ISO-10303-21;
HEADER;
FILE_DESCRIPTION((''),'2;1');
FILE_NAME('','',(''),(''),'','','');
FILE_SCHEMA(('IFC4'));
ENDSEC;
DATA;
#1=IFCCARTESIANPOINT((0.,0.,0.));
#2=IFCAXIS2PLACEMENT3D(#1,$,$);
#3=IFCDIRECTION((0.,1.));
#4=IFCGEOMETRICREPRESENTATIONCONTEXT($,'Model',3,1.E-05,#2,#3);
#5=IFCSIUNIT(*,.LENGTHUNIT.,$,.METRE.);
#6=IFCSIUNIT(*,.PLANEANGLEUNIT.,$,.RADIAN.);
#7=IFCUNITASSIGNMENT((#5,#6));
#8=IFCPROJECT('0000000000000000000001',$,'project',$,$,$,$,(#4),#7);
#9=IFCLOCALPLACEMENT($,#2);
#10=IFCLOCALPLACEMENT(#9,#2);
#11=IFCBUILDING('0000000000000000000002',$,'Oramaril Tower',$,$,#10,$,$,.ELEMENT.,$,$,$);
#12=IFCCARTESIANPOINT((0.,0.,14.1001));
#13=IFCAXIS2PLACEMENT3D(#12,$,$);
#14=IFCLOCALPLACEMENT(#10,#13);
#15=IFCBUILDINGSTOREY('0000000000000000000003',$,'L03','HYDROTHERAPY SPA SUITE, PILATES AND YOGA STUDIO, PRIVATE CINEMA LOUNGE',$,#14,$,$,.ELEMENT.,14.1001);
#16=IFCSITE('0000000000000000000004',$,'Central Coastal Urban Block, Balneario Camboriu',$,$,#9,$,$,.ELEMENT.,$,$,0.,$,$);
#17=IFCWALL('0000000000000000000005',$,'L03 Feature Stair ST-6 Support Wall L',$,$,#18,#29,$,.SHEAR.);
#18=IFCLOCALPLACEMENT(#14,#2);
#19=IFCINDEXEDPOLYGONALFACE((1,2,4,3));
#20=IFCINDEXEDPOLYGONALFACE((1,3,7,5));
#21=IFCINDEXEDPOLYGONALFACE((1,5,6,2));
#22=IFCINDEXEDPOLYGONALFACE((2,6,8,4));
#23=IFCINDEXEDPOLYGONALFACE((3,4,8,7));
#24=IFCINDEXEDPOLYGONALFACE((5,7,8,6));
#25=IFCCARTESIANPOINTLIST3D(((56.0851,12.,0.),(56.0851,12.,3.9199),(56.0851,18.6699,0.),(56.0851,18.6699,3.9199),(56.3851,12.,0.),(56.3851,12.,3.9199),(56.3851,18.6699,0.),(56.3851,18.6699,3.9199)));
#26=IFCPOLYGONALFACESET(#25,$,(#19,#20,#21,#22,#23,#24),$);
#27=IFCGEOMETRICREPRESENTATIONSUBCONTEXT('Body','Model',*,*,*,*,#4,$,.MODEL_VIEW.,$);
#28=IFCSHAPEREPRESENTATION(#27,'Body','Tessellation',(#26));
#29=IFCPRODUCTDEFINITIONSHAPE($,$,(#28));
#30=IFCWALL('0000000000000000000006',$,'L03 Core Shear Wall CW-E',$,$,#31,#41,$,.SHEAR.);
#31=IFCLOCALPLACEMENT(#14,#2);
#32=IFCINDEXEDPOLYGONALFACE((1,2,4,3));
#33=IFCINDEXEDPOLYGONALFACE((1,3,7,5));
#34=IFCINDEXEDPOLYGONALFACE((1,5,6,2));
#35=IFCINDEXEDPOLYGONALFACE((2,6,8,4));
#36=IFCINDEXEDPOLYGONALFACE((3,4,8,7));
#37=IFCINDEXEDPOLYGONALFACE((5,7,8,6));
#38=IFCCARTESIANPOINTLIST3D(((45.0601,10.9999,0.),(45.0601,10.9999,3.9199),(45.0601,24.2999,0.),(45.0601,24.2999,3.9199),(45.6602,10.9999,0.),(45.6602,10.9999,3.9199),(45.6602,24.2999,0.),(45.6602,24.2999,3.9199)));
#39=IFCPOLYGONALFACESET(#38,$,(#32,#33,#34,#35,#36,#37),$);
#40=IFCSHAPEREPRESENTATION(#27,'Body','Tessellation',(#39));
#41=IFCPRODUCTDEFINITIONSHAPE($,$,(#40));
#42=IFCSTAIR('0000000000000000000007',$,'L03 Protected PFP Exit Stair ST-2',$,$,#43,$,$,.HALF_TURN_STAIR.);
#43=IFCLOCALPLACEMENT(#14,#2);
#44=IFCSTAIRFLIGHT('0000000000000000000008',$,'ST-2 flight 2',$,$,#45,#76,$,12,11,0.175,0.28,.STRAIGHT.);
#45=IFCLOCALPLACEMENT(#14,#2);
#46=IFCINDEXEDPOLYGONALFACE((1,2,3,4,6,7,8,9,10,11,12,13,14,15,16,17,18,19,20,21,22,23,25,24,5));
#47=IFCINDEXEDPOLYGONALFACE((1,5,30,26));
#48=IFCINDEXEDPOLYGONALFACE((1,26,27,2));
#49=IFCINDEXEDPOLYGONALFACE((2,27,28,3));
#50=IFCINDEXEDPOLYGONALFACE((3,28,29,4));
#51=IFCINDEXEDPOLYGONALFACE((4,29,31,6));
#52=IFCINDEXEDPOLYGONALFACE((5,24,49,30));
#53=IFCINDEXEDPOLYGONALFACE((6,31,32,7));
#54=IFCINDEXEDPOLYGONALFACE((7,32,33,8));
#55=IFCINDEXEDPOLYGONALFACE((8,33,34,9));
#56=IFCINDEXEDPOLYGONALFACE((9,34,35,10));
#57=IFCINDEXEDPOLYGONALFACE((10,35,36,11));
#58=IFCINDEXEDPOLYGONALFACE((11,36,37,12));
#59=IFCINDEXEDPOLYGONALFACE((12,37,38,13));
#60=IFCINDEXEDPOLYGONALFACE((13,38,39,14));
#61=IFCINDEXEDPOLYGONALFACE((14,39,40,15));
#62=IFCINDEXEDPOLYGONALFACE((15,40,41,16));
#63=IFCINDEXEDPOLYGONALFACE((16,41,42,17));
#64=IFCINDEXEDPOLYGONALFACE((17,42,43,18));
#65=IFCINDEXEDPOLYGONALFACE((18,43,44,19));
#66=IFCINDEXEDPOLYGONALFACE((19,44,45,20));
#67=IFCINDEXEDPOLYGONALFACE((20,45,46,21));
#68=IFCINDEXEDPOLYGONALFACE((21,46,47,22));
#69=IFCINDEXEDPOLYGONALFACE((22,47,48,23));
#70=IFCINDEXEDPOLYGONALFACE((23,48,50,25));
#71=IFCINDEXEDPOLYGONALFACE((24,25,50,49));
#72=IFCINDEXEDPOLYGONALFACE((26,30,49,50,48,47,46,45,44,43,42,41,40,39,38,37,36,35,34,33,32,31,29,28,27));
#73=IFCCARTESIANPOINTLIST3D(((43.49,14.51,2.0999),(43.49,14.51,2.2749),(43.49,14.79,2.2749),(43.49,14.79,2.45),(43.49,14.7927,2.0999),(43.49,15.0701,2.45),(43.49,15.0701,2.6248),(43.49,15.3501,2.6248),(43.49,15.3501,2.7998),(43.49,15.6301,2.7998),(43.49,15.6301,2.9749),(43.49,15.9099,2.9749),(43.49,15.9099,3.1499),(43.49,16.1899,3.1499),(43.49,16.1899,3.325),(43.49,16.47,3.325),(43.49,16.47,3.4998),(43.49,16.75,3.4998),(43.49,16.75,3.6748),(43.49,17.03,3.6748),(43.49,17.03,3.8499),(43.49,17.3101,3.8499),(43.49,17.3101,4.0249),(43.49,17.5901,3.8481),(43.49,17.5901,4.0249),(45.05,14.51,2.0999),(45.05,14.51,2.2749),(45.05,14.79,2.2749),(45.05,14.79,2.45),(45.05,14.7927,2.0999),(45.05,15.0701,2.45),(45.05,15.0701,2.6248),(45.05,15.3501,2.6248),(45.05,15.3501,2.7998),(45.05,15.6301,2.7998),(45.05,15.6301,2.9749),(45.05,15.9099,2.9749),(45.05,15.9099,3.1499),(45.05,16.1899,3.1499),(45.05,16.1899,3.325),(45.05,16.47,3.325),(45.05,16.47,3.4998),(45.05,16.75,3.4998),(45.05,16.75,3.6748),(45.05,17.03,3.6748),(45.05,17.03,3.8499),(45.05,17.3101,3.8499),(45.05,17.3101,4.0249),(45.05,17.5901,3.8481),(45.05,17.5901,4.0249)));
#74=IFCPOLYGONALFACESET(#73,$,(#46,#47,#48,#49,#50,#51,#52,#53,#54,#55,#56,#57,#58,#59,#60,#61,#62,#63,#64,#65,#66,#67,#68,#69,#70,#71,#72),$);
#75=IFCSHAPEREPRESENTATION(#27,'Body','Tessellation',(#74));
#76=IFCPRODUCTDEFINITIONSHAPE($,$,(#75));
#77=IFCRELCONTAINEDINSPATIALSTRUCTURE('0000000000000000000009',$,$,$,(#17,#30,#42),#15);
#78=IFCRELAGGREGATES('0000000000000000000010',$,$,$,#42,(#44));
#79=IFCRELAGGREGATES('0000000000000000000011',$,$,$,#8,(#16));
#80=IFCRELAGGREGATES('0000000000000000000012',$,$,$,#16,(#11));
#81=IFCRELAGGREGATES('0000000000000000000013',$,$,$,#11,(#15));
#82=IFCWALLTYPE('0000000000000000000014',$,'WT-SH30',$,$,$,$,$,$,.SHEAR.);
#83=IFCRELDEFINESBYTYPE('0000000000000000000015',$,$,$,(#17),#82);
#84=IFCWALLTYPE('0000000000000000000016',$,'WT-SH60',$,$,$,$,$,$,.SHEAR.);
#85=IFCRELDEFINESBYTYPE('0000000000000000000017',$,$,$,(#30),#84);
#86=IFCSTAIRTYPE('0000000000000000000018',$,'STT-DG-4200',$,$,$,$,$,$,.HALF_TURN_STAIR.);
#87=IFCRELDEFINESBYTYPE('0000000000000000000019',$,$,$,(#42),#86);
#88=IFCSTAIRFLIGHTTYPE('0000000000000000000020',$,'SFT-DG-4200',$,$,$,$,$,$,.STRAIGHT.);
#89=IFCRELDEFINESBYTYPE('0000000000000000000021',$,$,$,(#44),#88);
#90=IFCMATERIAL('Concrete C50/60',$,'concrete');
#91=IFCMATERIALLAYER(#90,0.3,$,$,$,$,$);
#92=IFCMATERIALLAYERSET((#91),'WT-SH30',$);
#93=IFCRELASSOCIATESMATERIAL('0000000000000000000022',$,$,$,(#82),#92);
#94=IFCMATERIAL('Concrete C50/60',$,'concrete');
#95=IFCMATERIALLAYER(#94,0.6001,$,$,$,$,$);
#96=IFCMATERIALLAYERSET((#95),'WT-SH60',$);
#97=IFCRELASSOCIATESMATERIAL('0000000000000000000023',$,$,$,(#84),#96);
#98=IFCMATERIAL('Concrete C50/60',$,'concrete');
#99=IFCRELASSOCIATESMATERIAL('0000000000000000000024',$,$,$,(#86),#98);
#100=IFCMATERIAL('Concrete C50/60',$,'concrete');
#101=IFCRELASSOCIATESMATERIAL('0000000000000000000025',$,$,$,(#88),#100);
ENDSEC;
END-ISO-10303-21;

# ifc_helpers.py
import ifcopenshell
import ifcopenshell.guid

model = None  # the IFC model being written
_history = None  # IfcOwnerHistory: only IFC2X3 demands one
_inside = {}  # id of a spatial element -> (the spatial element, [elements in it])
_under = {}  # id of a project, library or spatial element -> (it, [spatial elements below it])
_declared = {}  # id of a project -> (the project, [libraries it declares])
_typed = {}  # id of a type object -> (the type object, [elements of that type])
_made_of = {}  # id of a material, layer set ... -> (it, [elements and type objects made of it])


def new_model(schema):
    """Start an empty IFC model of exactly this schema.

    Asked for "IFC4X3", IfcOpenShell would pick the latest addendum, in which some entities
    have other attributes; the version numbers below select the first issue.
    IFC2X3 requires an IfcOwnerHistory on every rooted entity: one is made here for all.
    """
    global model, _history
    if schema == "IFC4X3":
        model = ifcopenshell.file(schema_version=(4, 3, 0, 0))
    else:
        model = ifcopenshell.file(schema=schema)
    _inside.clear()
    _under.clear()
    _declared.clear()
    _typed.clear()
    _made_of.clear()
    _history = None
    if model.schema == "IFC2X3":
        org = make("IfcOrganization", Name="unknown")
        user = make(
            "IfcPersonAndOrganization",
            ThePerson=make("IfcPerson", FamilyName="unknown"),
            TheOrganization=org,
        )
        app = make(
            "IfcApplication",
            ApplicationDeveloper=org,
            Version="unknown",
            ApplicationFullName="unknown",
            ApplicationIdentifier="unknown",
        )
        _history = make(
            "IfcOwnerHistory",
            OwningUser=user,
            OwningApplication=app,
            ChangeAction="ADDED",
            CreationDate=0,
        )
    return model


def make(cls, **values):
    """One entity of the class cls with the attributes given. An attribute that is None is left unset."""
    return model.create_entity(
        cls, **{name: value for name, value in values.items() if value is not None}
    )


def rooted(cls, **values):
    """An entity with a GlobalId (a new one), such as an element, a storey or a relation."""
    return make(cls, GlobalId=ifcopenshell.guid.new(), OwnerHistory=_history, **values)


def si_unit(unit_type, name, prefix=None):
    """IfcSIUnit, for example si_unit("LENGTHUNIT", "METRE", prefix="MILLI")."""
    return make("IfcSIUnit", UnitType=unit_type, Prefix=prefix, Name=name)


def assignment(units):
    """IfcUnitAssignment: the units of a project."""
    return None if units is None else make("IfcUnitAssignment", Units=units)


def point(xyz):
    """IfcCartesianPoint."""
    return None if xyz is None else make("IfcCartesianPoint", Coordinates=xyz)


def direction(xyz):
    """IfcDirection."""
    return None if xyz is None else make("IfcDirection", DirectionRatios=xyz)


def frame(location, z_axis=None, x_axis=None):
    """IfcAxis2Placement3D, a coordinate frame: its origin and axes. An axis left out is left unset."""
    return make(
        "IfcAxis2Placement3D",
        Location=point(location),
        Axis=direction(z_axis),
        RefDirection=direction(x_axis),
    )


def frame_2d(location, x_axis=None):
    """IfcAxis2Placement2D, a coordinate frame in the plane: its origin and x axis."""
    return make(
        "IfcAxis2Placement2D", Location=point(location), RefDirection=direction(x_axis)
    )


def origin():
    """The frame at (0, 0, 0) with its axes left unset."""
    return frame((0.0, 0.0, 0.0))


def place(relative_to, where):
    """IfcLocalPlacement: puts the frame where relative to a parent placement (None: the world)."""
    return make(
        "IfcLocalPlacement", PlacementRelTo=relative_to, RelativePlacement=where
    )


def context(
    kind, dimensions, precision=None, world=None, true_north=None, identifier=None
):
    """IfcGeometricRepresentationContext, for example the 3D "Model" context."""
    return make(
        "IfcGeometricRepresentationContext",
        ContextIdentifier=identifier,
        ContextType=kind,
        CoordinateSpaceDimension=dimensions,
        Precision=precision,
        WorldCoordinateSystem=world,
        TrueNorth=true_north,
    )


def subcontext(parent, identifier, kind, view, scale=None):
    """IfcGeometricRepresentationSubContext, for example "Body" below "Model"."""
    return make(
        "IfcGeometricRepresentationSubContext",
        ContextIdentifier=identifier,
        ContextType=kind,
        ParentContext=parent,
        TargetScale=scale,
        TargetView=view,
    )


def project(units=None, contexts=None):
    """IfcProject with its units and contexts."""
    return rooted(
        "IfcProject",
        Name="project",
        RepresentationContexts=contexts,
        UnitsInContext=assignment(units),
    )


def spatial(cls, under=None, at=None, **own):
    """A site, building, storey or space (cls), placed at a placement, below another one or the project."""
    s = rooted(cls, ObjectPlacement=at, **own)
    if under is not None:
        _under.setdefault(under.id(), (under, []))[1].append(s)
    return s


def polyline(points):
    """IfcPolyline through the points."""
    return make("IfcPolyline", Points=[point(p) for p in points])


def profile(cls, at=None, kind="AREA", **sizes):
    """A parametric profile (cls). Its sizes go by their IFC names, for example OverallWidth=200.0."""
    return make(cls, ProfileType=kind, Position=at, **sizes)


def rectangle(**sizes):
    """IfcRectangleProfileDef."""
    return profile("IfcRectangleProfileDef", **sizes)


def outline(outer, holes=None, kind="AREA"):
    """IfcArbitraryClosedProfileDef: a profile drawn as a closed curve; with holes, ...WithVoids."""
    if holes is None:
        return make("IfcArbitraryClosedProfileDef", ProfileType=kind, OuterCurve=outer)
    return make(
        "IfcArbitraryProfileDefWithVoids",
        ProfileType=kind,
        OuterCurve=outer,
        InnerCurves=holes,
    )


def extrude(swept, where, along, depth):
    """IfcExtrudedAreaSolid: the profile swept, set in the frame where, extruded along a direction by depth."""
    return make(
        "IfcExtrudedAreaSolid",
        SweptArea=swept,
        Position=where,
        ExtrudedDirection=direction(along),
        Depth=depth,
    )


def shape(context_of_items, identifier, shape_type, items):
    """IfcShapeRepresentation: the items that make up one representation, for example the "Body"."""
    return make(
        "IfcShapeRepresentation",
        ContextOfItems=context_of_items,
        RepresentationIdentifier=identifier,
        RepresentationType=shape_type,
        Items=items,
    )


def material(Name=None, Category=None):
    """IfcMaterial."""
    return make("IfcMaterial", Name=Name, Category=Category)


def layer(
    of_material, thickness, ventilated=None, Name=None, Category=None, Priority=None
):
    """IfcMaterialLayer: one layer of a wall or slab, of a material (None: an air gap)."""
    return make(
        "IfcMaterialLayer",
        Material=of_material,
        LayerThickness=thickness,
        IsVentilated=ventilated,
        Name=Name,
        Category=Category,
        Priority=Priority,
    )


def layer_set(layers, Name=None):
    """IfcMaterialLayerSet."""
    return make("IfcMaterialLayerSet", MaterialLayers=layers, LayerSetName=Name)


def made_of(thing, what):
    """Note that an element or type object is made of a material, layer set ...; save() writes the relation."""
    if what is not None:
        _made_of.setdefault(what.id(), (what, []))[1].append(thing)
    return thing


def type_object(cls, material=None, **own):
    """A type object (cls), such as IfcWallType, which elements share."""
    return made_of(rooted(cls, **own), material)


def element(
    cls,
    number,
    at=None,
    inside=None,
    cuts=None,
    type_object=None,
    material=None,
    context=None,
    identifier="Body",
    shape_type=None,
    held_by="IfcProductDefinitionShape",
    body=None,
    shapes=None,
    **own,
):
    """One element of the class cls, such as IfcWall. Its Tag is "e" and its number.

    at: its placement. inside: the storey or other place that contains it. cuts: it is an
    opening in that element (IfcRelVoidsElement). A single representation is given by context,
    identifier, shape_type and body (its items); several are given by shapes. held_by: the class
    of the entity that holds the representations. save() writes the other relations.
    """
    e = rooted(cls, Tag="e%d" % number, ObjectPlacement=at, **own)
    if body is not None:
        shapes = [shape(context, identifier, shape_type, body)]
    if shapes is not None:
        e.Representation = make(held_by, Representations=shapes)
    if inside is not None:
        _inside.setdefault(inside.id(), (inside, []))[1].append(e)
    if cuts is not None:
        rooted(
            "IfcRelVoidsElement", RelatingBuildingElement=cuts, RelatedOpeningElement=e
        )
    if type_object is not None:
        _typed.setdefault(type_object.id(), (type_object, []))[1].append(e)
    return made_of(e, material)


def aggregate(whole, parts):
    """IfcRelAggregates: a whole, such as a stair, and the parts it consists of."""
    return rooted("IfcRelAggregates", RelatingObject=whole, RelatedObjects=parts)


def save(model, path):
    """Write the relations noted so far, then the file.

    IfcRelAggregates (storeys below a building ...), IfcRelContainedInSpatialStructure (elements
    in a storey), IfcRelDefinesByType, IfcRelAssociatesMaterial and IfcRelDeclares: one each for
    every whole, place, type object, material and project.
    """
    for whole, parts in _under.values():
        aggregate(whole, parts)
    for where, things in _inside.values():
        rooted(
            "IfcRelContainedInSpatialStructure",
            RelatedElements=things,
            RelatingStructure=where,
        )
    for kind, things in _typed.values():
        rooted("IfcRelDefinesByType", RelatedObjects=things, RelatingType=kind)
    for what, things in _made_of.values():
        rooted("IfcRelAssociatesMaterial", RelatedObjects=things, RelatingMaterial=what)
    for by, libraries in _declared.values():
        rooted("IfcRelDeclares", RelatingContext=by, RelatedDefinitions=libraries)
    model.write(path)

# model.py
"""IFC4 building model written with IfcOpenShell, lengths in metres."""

from ifc_helpers import new_model, si_unit, direction, frame, frame_2d, origin, place, context, subcontext, project, spatial, polyline, rectangle, outline, extrude, material, layer, layer_set, type_object, element, aggregate, save


model = new_model("IFC4")

# Units and contexts
model_context = context("Model", 3, precision=1e-05, world=origin(), true_north=direction((0.0, 1.0)))
body_context = subcontext(model_context, "Body", "Model", "MODEL_VIEW")
ifc_project = project(units=[si_unit("LENGTHUNIT", "METRE"), si_unit("PLANEANGLEUNIT", "RADIAN")], contexts=[model_context])

# Site, building, storey
site_placement = place(None, origin())
site = spatial("IfcSite", under=ifc_project, at=site_placement, Name="Central Coastal Urban Block, Balneario Camboriu", CompositionType="ELEMENT", RefElevation=0.0)
building_placement = place(site_placement, origin())
building = spatial("IfcBuilding", under=site, at=building_placement, Name="Oramaril Tower", CompositionType="ELEMENT")
storey_placement = place(building_placement, frame((0.0, 0.0, 14.1001)))
storey = spatial("IfcBuildingStorey", under=building, at=storey_placement, Name="L03", Description="HYDROTHERAPY SPA SUITE, PILATES AND YOGA STUDIO, PRIVATE CINEMA LOUNGE", CompositionType="ELEMENT", Elevation=14.1001)

# Walls
ifc_material_1 = material(Name="Concrete C50/60", Category="concrete")
ifc_layer_1 = layer(ifc_material_1, 0.3)
ifc_layer_set_1 = layer_set([ifc_layer_1], Name="WT-SH30")
wall_type_1 = type_object("IfcWallType", Name="WT-SH30", PredefinedType="SHEAR", material=ifc_layer_set_1)
wall_1_placement = place(storey_placement, frame((56.2351, 12.0, 0.0), z_axis=(0.0, 0.0, 1.0), x_axis=(0.0, 1.0, 0.0)))
element("IfcWall", 1, at=wall_1_placement, inside=storey, type_object=wall_type_1, Name="L03 Feature Stair ST-6 Support Wall L", PredefinedType="SHEAR", context=body_context, shape_type="SweptSolid", body=[
    extrude(rectangle(XDim=6.6699, YDim=0.3, at=frame_2d((3.335, 0.0))), origin(), (0.0, 0.0, 1.0), 3.9199),
])
ifc_material_2 = material(Name="Concrete C50/60", Category="concrete")
ifc_layer_2 = layer(ifc_material_2, 0.6001)
ifc_layer_set_2 = layer_set([ifc_layer_2], Name="WT-SH60")
wall_type_2 = type_object("IfcWallType", Name="WT-SH60", PredefinedType="SHEAR", material=ifc_layer_set_2)
wall_2_placement = place(storey_placement, frame((45.3601, 11.0, 0.0), z_axis=(0.0, 0.0, 1.0), x_axis=(0.0, 1.0, 0.0)))
element("IfcWall", 2, at=wall_2_placement, inside=storey, type_object=wall_type_2, Name="L03 Core Shear Wall CW-E", PredefinedType="SHEAR", context=body_context, shape_type="SweptSolid", body=[
    extrude(rectangle(XDim=13.3, YDim=0.6001, at=frame_2d((6.6499, 0.0))), origin(), (0.0, 0.0, 1.0), 3.9199),
])

# Stair, stair flight
ifc_material_3 = material(Name="Concrete C50/60", Category="concrete")
stair_type = type_object("IfcStairType", Name="STT-DG-4200", PredefinedType="HALF_TURN_STAIR", material=ifc_material_3)
stair_placement = place(storey_placement, origin())
stair = element("IfcStair", 3, at=stair_placement, inside=storey, type_object=stair_type, Name="L03 Protected PFP Exit Stair ST-2", PredefinedType="HALF_TURN_STAIR")
ifc_material_4 = material(Name="Concrete C50/60", Category="concrete")
stair_flight_type = type_object("IfcStairFlightType", Name="SFT-DG-4200", PredefinedType="STRAIGHT", material=ifc_material_4)
stair_flight_placement = place(storey_placement, frame((44.27, 14.51, 2.0999), z_axis=(0.0, 0.0, 1.0), x_axis=(0.0, 1.0, 0.0)))
stair_flight = element("IfcStairFlight", 4, at=stair_flight_placement, type_object=stair_flight_type, Name="ST-2 flight 2", NumberOfRisers=12, NumberOfTreads=11, PredefinedType="STRAIGHT", RiserHeight=0.175, TreadLength=0.28, context=body_context, shape_type="SweptSolid", body=[
    extrude(outline(polyline([(0.0, 0.0), (0.0, 0.175), (0.28, 0.175), (0.28, 0.3501), (0.5601, 0.3501), (0.5601, 0.5249), (0.8401, 0.5249), (0.8401, 0.7), (1.1201, 0.7), (1.1201, 0.875), (1.3999, 0.875), (1.3999, 1.05), (1.6799, 1.05), (1.6799, 1.2251), (1.96, 1.2251), (1.96, 1.3999), (2.24, 1.3999), (2.24, 1.575), (2.52, 1.575), (2.52, 1.75), (2.8, 1.75), (2.8, 1.925), (3.0801, 1.925), (3.0801, 2.1001), (3.0801, 1.7483), (0.2827, 0.0), (0.0, 0.0)])), frame((0.0, 0.78, 0.0), z_axis=(0.0, -1.0, 0.0), x_axis=(1.0, 0.0, 0.0)), (0.0, 0.0, 1.0), 1.5601),
])
aggregate(stair, [stair_flight])

save(model, "model.ifc")
